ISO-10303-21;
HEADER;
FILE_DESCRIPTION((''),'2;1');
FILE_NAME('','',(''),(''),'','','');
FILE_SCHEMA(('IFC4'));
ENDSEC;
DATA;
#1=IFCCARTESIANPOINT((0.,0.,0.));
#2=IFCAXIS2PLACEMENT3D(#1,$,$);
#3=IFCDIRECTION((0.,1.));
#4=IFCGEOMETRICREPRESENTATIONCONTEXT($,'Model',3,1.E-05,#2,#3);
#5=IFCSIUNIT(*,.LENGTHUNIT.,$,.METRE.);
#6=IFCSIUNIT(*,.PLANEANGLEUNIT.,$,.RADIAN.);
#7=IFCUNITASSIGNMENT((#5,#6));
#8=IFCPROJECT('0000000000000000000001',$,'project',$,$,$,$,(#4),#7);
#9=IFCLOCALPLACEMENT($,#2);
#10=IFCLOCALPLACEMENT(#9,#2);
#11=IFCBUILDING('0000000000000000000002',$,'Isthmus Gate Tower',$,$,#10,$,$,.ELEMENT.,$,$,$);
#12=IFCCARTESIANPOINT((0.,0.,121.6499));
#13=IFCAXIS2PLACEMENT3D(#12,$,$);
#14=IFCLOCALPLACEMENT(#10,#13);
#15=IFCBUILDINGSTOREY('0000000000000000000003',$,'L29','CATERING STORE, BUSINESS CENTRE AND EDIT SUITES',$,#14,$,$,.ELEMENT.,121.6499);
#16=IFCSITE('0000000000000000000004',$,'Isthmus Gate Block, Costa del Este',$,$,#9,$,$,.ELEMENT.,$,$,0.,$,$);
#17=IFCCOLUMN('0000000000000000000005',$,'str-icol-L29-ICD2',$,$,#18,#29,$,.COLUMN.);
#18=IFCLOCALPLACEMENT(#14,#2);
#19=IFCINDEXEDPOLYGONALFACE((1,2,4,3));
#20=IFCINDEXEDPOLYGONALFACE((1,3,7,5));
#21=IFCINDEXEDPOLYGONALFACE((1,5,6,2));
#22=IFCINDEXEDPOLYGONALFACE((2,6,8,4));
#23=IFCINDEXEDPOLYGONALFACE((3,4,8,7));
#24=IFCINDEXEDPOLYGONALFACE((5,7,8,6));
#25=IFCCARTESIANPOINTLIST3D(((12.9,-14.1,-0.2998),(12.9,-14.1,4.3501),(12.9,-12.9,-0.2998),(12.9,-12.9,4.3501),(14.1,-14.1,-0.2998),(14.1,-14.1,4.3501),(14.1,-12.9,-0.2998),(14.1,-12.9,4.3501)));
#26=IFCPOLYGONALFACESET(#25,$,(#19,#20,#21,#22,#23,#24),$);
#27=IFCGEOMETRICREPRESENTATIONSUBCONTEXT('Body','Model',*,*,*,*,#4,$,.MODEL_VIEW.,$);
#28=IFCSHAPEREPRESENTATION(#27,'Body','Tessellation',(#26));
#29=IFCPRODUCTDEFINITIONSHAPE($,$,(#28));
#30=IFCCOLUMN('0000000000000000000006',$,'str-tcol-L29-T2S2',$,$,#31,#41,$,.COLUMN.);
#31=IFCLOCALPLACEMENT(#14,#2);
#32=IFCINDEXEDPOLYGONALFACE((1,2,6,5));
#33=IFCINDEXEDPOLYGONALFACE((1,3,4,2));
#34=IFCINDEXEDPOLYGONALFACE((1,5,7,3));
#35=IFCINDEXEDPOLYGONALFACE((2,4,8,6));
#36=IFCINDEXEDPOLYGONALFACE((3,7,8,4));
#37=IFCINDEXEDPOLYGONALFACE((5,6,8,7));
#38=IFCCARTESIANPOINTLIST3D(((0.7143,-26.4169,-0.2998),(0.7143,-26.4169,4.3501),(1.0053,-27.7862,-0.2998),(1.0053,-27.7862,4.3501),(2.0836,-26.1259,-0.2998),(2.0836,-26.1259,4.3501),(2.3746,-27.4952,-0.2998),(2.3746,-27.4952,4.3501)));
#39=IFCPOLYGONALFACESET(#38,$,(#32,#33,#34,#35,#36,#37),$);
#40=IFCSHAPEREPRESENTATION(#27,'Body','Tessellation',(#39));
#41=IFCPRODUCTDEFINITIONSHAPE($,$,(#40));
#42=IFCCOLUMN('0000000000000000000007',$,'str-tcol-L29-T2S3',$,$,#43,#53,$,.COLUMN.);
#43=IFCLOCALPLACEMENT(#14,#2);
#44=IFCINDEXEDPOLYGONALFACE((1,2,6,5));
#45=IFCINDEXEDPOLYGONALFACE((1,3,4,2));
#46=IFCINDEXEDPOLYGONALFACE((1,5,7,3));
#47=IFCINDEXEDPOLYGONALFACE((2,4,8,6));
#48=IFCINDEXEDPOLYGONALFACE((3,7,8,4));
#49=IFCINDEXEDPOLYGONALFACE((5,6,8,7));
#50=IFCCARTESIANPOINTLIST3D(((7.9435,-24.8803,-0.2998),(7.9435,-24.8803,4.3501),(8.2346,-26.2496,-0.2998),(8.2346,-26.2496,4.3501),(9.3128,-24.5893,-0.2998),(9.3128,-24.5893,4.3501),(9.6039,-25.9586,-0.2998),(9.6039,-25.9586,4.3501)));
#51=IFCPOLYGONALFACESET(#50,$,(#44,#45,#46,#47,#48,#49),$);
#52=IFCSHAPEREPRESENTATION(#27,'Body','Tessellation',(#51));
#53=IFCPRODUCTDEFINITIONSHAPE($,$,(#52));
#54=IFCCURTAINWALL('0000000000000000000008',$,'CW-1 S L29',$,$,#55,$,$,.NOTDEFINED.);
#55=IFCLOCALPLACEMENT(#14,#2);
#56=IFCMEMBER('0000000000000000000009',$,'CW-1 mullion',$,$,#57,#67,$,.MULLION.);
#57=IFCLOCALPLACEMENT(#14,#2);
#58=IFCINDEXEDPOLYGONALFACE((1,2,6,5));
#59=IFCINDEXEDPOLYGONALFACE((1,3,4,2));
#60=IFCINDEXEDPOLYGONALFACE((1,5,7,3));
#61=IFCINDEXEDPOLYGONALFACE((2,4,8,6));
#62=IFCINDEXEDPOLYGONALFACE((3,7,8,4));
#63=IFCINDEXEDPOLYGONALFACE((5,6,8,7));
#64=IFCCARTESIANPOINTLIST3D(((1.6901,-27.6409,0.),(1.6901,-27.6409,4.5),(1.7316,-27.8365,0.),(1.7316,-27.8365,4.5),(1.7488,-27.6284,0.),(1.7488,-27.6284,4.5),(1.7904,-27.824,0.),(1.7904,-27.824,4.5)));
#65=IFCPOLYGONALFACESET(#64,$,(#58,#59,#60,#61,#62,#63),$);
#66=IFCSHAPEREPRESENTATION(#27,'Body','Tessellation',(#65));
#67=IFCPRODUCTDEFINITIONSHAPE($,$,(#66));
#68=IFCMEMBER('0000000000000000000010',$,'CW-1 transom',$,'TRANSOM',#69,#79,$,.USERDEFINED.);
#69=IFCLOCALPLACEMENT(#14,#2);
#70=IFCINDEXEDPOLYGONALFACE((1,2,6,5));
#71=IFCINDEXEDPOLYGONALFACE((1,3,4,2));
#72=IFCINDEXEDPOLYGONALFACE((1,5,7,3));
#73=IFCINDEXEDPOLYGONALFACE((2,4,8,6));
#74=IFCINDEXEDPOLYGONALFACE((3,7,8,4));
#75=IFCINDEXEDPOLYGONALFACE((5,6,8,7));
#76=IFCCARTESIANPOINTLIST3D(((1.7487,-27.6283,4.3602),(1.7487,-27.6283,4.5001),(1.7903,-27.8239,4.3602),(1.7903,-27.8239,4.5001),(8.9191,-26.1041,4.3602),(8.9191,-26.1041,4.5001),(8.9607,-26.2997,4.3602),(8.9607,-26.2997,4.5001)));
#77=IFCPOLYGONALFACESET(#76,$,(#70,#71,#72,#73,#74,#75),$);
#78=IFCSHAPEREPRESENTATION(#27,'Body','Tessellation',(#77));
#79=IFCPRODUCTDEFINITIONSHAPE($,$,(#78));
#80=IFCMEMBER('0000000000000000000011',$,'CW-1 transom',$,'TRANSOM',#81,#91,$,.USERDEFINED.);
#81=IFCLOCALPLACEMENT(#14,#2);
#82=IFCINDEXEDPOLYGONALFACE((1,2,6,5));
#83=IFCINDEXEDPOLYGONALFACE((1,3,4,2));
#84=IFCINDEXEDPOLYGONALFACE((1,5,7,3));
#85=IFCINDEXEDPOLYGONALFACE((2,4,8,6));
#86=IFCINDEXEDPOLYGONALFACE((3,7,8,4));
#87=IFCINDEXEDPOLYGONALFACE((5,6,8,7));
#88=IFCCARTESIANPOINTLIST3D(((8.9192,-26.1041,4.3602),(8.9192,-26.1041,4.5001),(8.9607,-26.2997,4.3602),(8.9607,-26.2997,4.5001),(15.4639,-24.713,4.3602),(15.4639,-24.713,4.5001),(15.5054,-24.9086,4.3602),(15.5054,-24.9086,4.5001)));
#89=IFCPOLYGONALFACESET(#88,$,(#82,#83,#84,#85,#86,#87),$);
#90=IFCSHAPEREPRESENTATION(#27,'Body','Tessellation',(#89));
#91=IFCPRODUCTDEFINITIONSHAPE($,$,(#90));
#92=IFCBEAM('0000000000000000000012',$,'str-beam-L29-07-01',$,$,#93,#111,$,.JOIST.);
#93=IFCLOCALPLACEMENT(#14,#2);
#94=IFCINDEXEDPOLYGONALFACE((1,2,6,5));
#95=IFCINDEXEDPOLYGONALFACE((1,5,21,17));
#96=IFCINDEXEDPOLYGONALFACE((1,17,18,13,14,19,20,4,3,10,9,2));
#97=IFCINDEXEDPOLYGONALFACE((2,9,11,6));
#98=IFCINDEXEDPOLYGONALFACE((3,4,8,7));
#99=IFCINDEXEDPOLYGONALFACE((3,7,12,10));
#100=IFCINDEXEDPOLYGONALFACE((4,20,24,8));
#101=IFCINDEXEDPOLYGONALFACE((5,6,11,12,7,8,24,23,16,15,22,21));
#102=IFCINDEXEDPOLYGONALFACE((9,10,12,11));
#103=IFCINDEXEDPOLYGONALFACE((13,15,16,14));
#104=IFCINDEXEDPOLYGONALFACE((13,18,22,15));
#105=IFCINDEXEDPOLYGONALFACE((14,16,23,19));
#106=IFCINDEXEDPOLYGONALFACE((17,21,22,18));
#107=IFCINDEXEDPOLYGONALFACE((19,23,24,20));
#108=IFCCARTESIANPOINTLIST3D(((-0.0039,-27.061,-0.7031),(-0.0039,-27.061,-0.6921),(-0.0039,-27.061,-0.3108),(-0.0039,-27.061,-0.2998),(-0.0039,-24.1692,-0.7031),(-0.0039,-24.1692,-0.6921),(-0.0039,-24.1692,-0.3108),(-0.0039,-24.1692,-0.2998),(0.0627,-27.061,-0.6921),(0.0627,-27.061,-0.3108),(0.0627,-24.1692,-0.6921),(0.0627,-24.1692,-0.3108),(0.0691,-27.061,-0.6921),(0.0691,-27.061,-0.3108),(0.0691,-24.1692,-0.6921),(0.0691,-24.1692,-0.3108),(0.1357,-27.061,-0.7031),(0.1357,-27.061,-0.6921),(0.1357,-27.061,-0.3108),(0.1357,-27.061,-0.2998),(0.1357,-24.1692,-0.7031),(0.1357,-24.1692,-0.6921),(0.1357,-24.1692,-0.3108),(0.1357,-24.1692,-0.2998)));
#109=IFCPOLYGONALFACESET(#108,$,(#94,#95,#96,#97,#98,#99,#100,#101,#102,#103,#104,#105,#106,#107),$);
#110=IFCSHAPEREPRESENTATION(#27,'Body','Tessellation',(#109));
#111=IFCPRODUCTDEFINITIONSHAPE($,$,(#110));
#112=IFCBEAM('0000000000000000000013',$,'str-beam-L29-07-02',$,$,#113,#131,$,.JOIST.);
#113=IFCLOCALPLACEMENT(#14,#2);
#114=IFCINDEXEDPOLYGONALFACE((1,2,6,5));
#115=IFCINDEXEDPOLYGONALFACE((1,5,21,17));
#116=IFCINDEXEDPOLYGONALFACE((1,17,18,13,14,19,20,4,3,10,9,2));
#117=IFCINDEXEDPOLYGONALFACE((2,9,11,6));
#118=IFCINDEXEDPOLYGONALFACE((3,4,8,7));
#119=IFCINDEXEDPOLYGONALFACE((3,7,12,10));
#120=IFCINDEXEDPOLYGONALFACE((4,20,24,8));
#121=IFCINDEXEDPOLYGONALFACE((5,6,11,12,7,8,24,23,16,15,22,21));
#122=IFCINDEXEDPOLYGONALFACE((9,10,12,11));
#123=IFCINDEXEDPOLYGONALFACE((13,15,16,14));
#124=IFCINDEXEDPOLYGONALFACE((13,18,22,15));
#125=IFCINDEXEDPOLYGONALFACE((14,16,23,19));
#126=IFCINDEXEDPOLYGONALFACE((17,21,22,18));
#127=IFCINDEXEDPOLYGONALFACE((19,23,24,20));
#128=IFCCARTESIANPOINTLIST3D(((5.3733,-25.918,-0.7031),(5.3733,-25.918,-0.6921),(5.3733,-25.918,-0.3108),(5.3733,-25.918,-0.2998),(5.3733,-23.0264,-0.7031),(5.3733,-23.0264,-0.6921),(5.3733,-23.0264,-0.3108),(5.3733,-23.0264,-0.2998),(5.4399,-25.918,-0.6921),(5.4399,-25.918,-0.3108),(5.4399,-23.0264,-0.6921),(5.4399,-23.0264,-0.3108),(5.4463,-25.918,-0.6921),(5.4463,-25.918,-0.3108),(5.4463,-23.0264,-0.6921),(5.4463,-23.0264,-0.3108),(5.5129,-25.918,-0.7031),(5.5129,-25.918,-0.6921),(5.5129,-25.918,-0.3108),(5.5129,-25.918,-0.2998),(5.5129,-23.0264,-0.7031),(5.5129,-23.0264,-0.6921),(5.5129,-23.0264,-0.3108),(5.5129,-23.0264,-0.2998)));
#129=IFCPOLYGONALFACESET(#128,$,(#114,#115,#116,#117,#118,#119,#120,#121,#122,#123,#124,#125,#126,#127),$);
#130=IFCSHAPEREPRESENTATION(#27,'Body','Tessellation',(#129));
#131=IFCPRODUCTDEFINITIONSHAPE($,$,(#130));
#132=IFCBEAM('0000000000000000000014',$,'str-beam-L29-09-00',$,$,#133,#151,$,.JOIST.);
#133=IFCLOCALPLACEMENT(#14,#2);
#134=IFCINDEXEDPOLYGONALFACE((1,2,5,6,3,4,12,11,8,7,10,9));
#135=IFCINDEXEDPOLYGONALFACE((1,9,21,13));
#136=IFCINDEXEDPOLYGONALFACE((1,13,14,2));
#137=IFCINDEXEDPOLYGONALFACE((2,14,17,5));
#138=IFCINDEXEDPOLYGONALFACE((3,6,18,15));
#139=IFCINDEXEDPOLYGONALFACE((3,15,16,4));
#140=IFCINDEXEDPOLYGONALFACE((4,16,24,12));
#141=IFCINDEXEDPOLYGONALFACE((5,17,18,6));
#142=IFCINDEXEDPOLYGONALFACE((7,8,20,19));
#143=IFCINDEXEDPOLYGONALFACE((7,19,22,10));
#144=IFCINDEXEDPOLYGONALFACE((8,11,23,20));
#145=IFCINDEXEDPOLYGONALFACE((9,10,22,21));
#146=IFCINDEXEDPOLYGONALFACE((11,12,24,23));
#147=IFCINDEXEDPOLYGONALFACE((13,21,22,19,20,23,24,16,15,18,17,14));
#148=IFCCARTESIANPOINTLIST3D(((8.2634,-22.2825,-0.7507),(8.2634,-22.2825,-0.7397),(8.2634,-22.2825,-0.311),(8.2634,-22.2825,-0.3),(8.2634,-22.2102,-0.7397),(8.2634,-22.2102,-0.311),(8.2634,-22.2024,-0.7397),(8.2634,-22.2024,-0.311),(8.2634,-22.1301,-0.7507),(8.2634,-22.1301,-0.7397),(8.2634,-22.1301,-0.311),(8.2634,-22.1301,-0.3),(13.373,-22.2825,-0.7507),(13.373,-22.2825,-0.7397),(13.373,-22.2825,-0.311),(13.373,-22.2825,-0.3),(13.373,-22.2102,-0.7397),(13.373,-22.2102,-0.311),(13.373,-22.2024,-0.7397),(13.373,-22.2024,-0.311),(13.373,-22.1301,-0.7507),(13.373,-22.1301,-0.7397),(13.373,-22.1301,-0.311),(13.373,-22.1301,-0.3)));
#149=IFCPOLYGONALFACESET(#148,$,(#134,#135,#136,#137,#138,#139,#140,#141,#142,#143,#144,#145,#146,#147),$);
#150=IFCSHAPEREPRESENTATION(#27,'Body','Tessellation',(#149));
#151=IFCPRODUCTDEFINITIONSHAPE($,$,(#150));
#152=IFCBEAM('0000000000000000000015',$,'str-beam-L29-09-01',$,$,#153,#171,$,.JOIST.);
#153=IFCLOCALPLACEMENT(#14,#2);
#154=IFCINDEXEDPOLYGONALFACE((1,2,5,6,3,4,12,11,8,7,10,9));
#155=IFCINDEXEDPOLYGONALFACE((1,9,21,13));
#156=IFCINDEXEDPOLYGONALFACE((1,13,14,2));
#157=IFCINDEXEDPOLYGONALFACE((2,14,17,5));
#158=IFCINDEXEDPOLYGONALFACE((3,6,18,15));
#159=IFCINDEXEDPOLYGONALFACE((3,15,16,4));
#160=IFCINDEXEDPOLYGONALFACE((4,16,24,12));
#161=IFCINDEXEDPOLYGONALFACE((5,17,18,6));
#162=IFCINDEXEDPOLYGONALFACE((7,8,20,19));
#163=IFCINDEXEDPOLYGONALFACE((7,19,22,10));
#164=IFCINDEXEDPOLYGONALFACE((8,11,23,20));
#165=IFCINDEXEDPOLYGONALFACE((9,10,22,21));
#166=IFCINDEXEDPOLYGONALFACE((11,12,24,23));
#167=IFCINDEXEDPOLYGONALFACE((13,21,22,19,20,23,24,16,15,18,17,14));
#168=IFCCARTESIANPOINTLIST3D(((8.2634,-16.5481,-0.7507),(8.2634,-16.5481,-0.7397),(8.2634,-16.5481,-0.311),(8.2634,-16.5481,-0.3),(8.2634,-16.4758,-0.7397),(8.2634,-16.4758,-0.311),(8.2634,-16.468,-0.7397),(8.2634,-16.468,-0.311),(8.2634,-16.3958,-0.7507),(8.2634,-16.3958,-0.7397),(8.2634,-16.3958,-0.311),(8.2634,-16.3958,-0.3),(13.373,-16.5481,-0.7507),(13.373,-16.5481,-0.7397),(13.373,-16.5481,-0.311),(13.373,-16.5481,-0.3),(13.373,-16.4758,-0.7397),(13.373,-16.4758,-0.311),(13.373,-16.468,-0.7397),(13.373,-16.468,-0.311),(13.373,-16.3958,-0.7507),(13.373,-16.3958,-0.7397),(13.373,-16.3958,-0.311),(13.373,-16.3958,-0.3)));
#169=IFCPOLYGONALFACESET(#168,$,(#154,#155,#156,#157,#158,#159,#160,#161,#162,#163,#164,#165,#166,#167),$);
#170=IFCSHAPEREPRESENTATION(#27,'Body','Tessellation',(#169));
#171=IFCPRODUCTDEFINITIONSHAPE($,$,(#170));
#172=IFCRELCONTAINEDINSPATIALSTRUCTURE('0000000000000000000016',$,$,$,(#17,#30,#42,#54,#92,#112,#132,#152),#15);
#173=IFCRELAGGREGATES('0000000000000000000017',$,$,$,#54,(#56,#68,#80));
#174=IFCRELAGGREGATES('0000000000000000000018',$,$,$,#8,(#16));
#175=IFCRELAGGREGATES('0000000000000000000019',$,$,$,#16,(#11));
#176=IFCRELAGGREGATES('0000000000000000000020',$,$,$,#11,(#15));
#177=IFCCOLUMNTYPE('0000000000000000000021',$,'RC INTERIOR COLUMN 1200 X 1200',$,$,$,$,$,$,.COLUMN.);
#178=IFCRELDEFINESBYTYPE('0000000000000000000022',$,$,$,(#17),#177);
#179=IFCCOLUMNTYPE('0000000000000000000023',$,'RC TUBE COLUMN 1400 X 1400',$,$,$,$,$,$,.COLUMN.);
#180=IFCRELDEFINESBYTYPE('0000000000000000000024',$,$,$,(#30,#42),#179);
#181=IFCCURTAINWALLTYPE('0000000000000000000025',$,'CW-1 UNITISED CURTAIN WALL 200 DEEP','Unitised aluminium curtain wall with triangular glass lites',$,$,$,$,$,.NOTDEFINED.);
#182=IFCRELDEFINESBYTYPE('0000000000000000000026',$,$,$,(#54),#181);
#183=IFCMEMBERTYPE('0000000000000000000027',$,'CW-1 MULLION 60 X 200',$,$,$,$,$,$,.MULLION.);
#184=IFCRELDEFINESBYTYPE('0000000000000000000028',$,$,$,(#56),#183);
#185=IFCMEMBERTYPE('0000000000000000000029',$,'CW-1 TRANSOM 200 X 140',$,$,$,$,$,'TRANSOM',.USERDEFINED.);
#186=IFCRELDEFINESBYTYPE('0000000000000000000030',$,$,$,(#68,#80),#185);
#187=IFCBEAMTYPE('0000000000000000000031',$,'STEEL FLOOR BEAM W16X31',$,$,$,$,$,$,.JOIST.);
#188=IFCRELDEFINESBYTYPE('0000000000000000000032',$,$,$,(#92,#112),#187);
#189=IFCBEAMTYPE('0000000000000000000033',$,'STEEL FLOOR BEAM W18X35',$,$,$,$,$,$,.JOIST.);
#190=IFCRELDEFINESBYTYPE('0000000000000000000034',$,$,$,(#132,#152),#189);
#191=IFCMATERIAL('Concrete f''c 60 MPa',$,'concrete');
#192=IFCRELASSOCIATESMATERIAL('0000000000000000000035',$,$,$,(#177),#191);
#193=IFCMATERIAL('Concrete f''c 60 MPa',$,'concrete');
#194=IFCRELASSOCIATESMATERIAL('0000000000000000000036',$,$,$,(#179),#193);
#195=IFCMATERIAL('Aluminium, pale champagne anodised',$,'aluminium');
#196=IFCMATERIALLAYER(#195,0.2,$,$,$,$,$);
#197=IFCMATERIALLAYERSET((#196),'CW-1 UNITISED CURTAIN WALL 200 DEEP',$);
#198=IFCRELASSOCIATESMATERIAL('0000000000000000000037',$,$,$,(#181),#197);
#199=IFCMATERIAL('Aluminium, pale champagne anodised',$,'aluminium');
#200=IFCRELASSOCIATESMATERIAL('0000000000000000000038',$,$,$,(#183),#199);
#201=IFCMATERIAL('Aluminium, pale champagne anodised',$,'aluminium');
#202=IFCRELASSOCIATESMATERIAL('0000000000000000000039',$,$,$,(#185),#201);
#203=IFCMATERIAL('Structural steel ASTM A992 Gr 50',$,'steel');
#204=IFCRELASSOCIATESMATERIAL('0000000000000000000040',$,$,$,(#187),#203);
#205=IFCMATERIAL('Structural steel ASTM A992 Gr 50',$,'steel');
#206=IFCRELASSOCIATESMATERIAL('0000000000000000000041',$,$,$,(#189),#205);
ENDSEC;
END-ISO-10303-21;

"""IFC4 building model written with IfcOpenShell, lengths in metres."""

from ifc_helpers import new_model, si_unit, direction, frame, origin, origin_2d, place, context, subcontext, project, spatial, rectangle, i_section, extrude, material, layer, layer_set, material_profile, profile_set, type_object, element, aggregate, save


model = new_model("IFC4")

# Units and contexts
model_context = context("Model", 3, precision=1e-05, world=origin(), true_north=direction((0.0, 1.0)))
body_context = subcontext(model_context, "Body", "Model", "MODEL_VIEW")
ifc_project = project(units=[si_unit("LENGTHUNIT", "METRE"), si_unit("PLANEANGLEUNIT", "RADIAN")], contexts=[model_context])

# Site, building, storey
site_placement = place(None, origin())
site = spatial("IfcSite", under=ifc_project, at=site_placement, Name="Isthmus Gate Block, Costa del Este", CompositionType="ELEMENT", RefElevation=0.0)
building_placement = place(site_placement, origin())
building = spatial("IfcBuilding", under=site, at=building_placement, Name="Isthmus Gate Tower", CompositionType="ELEMENT")
storey_placement = place(building_placement, frame((0.0, 0.0, 121.6499)))
storey = spatial("IfcBuildingStorey", under=building, at=storey_placement, Name="L29", Description="CATERING STORE, BUSINESS CENTRE AND EDIT SUITES", CompositionType="ELEMENT", Elevation=121.6499)

# Columns
ifc_material_1 = material(Name="Concrete f'c 60 MPa", Category="concrete")
ifc_material_profile_1 = material_profile(ifc_material_1, rectangle(XDim=1.2, YDim=1.2, at=origin_2d()), Name="RC 1200X1200")
ifc_profile_set_1 = profile_set([ifc_material_profile_1], Name="Concrete f'c 60 MPa")
column_type_1 = type_object("IfcColumnType", Name="RC INTERIOR COLUMN 1200 X 1200", PredefinedType="COLUMN", material=ifc_profile_set_1)
column_placement = place(storey_placement, frame((13.5, -13.5, -0.2998), z_axis=(0.0, 0.0, 1.0), x_axis=(1.0, 0.0, 0.0)))
element("IfcColumn", 1, at=column_placement, inside=storey, type_object=column_type_1, Name="str-icol-L29-ICD2", PredefinedType="COLUMN", context=body_context, shape_type="SweptSolid", body=[
    extrude(rectangle(XDim=1.2, YDim=1.2, at=origin_2d()), origin(), (0.0, 0.0, 1.0), 4.6499),
])
ifc_material_2 = material(Name="Concrete f'c 60 MPa", Category="concrete")
ifc_material_profile_2 = material_profile(ifc_material_2, rectangle(XDim=1.3999, YDim=1.3999, at=origin_2d()), Name="RC 1400X1400")
ifc_profile_set_2 = profile_set([ifc_material_profile_2], Name="Concrete f'c 60 MPa")
column_type_2 = type_object("IfcColumnType", Name="RC TUBE COLUMN 1400 X 1400", PredefinedType="COLUMN", material=ifc_profile_set_2)
for number, where, z_axis, x_axis, name in (
    (2, (1.5444, -26.9561, -0.2998), (0.0, 0.0, 1.0), (0.978148, 0.207912, 0.0), "str-tcol-L29-T2S2"),
    (3, (8.7737, -25.4194, -0.2998), (0.0, 0.0, 1.0), (0.978148, 0.207912, 0.0), "str-tcol-L29-T2S3"),
):
    element("IfcColumn", number, at=place(storey_placement, frame(where, z_axis=z_axis, x_axis=x_axis)), inside=storey, type_object=column_type_2, Name=name, PredefinedType="COLUMN", context=body_context, shape_type="SweptSolid", body=[
        extrude(rectangle(XDim=1.3999, YDim=1.3999, at=origin_2d()), origin(), (0.0, 0.0, 1.0), 4.6499),
    ])

# Curtain wall, members
ifc_material_3 = material(Name="Aluminium, pale champagne anodised", Category="aluminium")
ifc_layer_1 = layer(ifc_material_3, 0.2)
ifc_layer_set_1 = layer_set([ifc_layer_1], Name="CW-1 UNITISED CURTAIN WALL 200 DEEP")
curtain_wall_type = type_object("IfcCurtainWallType", Name="CW-1 UNITISED CURTAIN WALL 200 DEEP", Description="Unitised aluminium curtain wall with triangular glass lites", PredefinedType="NOTDEFINED", material=ifc_layer_set_1)
curtain_wall_placement = place(storey_placement, origin())
curtain_wall = element("IfcCurtainWall", 4, at=curtain_wall_placement, inside=storey, type_object=curtain_wall_type, Name="CW-1 S L29", PredefinedType="NOTDEFINED")
ifc_material_4 = material(Name="Aluminium, pale champagne anodised", Category="aluminium")
ifc_material_profile_3 = material_profile(ifc_material_4, rectangle(XDim=0.0601, YDim=0.2, at=origin_2d()), Name="60x200")
ifc_profile_set_3 = profile_set([ifc_material_profile_3], Name="Aluminium, pale champagne anodised")
member_type_1 = type_object("IfcMemberType", Name="CW-1 MULLION 60 X 200", PredefinedType="MULLION", material=ifc_profile_set_3)
member_1_placement = place(storey_placement, frame((1.7402, -27.7324, 0.0), z_axis=(0.0, 0.0, 1.0), x_axis=(0.978148, 0.207912, 0.0)))
member_1 = element("IfcMember", 5, at=member_1_placement, type_object=member_type_1, Name="CW-1 mullion", PredefinedType="MULLION", context=body_context, shape_type="SweptSolid", body=[
    extrude(rectangle(XDim=0.0601, YDim=0.2, at=origin_2d()), origin(), (0.0, 0.0, 1.0), 4.5),
])
ifc_material_5 = material(Name="Aluminium, pale champagne anodised", Category="aluminium")
ifc_material_profile_4 = material_profile(ifc_material_5, rectangle(XDim=0.2, YDim=0.1399, at=origin_2d()), Name="200x140")
ifc_profile_set_4 = profile_set([ifc_material_profile_4], Name="Aluminium, pale champagne anodised")
member_type_2 = type_object("IfcMemberType", Name="CW-1 TRANSOM 200 X 140", ElementType="TRANSOM", PredefinedType="USERDEFINED", material=ifc_profile_set_4)
member_2_placement = place(storey_placement, frame((1.7695, -27.7261, 4.4302), z_axis=(0.978146, 0.207919, 0.0), x_axis=(-0.207919, 0.978146, 0.0)))
member_2 = element("IfcMember", 6, at=member_2_placement, type_object=member_type_2, Name="CW-1 transom", ObjectType="TRANSOM", PredefinedType="USERDEFINED", context=body_context, shape_type="SweptSolid", body=[
    extrude(rectangle(XDim=0.2, YDim=0.1399, at=origin_2d()), origin(), (0.0, 0.0, 1.0), 7.3306),
])
member_3_placement = place(storey_placement, frame((8.9399, -26.2019, 4.4302), z_axis=(0.978148, 0.207912, 0.0), x_axis=(-0.207912, 0.978148, 0.0)))
member_3 = element("IfcMember", 7, at=member_3_placement, type_object=member_type_2, Name="CW-1 transom", ObjectType="TRANSOM", PredefinedType="USERDEFINED", context=body_context, shape_type="SweptSolid", body=[
    extrude(rectangle(XDim=0.2, YDim=0.1399, at=origin_2d()), origin(), (0.0, 0.0, 1.0), 6.6909),
])

# Beams
ifc_material_6 = material(Name="Structural steel ASTM A992 Gr 50", Category="steel")
ifc_material_profile_5 = material_profile(ifc_material_6, i_section(OverallWidth=0.1396, OverallDepth=0.4033, WebThickness=0.0063, FlangeThickness=0.011, at=origin_2d()), Name="W16X31")
ifc_profile_set_5 = profile_set([ifc_material_profile_5], Name="Structural steel ASTM A992 Gr 50")
beam_type_1 = type_object("IfcBeamType", Name="STEEL FLOOR BEAM W16X31", PredefinedType="JOIST", material=ifc_profile_set_5)
beam_1_placement = place(storey_placement, frame((0.0659, -27.061, -0.5015), z_axis=(0.0, 1.0, 0.0), x_axis=(-1.0, 0.0, 0.0)))
element("IfcBeam", 8, at=beam_1_placement, inside=storey, type_object=beam_type_1, Name="str-beam-L29-07-01", PredefinedType="JOIST", context=body_context, shape_type="SweptSolid", body=[
    extrude(i_section(OverallWidth=0.1396, OverallDepth=0.4033, WebThickness=0.0063, FlangeThickness=0.011, at=origin_2d()), origin(), (0.0, 0.0, 1.0), 2.8918),
])
beam_2_placement = place(storey_placement, frame((5.4431, -25.918, -0.5015), z_axis=(0.0, 1.0, 0.0), x_axis=(-1.0, 0.0, 0.0)))
element("IfcBeam", 9, at=beam_2_placement, inside=storey, type_object=beam_type_1, Name="str-beam-L29-07-02", PredefinedType="JOIST", context=body_context, shape_type="SweptSolid", body=[
    extrude(i_section(OverallWidth=0.1396, OverallDepth=0.4033, WebThickness=0.0063, FlangeThickness=0.011, at=origin_2d()), origin(), (0.0, 0.0, 1.0), 2.8916),
])
ifc_material_7 = material(Name="Structural steel ASTM A992 Gr 50", Category="steel")
ifc_material_profile_6 = material_profile(ifc_material_7, i_section(OverallWidth=0.1523, OverallDepth=0.4507, WebThickness=0.0078, FlangeThickness=0.011, at=origin_2d()), Name="W18X35")
ifc_profile_set_6 = profile_set([ifc_material_profile_6], Name="Structural steel ASTM A992 Gr 50")
beam_type_2 = type_object("IfcBeamType", Name="STEEL FLOOR BEAM W18X35", PredefinedType="JOIST", material=ifc_profile_set_6)
for number, where, z_axis, x_axis, name in (
    (10, (8.2634, -22.2063, -0.5254), (1.0, 0.0, 0.0), (0.0, 1.0, 0.0), "str-beam-L29-09-00"),
    (11, (8.2634, -16.4719, -0.5254), (1.0, 0.0, 0.0), (0.0, 1.0, 0.0), "str-beam-L29-09-01"),
):
    element("IfcBeam", number, at=place(storey_placement, frame(where, z_axis=z_axis, x_axis=x_axis)), inside=storey, type_object=beam_type_2, Name=name, PredefinedType="JOIST", context=body_context, shape_type="SweptSolid", body=[
        extrude(i_section(OverallWidth=0.1523, OverallDepth=0.4507, WebThickness=0.0078, FlangeThickness=0.011, at=origin_2d()), origin(), (0.0, 0.0, 1.0), 5.1096),
    ])

aggregate(curtain_wall, [member_1, member_2, member_3])

save(model, "model.ifc")
